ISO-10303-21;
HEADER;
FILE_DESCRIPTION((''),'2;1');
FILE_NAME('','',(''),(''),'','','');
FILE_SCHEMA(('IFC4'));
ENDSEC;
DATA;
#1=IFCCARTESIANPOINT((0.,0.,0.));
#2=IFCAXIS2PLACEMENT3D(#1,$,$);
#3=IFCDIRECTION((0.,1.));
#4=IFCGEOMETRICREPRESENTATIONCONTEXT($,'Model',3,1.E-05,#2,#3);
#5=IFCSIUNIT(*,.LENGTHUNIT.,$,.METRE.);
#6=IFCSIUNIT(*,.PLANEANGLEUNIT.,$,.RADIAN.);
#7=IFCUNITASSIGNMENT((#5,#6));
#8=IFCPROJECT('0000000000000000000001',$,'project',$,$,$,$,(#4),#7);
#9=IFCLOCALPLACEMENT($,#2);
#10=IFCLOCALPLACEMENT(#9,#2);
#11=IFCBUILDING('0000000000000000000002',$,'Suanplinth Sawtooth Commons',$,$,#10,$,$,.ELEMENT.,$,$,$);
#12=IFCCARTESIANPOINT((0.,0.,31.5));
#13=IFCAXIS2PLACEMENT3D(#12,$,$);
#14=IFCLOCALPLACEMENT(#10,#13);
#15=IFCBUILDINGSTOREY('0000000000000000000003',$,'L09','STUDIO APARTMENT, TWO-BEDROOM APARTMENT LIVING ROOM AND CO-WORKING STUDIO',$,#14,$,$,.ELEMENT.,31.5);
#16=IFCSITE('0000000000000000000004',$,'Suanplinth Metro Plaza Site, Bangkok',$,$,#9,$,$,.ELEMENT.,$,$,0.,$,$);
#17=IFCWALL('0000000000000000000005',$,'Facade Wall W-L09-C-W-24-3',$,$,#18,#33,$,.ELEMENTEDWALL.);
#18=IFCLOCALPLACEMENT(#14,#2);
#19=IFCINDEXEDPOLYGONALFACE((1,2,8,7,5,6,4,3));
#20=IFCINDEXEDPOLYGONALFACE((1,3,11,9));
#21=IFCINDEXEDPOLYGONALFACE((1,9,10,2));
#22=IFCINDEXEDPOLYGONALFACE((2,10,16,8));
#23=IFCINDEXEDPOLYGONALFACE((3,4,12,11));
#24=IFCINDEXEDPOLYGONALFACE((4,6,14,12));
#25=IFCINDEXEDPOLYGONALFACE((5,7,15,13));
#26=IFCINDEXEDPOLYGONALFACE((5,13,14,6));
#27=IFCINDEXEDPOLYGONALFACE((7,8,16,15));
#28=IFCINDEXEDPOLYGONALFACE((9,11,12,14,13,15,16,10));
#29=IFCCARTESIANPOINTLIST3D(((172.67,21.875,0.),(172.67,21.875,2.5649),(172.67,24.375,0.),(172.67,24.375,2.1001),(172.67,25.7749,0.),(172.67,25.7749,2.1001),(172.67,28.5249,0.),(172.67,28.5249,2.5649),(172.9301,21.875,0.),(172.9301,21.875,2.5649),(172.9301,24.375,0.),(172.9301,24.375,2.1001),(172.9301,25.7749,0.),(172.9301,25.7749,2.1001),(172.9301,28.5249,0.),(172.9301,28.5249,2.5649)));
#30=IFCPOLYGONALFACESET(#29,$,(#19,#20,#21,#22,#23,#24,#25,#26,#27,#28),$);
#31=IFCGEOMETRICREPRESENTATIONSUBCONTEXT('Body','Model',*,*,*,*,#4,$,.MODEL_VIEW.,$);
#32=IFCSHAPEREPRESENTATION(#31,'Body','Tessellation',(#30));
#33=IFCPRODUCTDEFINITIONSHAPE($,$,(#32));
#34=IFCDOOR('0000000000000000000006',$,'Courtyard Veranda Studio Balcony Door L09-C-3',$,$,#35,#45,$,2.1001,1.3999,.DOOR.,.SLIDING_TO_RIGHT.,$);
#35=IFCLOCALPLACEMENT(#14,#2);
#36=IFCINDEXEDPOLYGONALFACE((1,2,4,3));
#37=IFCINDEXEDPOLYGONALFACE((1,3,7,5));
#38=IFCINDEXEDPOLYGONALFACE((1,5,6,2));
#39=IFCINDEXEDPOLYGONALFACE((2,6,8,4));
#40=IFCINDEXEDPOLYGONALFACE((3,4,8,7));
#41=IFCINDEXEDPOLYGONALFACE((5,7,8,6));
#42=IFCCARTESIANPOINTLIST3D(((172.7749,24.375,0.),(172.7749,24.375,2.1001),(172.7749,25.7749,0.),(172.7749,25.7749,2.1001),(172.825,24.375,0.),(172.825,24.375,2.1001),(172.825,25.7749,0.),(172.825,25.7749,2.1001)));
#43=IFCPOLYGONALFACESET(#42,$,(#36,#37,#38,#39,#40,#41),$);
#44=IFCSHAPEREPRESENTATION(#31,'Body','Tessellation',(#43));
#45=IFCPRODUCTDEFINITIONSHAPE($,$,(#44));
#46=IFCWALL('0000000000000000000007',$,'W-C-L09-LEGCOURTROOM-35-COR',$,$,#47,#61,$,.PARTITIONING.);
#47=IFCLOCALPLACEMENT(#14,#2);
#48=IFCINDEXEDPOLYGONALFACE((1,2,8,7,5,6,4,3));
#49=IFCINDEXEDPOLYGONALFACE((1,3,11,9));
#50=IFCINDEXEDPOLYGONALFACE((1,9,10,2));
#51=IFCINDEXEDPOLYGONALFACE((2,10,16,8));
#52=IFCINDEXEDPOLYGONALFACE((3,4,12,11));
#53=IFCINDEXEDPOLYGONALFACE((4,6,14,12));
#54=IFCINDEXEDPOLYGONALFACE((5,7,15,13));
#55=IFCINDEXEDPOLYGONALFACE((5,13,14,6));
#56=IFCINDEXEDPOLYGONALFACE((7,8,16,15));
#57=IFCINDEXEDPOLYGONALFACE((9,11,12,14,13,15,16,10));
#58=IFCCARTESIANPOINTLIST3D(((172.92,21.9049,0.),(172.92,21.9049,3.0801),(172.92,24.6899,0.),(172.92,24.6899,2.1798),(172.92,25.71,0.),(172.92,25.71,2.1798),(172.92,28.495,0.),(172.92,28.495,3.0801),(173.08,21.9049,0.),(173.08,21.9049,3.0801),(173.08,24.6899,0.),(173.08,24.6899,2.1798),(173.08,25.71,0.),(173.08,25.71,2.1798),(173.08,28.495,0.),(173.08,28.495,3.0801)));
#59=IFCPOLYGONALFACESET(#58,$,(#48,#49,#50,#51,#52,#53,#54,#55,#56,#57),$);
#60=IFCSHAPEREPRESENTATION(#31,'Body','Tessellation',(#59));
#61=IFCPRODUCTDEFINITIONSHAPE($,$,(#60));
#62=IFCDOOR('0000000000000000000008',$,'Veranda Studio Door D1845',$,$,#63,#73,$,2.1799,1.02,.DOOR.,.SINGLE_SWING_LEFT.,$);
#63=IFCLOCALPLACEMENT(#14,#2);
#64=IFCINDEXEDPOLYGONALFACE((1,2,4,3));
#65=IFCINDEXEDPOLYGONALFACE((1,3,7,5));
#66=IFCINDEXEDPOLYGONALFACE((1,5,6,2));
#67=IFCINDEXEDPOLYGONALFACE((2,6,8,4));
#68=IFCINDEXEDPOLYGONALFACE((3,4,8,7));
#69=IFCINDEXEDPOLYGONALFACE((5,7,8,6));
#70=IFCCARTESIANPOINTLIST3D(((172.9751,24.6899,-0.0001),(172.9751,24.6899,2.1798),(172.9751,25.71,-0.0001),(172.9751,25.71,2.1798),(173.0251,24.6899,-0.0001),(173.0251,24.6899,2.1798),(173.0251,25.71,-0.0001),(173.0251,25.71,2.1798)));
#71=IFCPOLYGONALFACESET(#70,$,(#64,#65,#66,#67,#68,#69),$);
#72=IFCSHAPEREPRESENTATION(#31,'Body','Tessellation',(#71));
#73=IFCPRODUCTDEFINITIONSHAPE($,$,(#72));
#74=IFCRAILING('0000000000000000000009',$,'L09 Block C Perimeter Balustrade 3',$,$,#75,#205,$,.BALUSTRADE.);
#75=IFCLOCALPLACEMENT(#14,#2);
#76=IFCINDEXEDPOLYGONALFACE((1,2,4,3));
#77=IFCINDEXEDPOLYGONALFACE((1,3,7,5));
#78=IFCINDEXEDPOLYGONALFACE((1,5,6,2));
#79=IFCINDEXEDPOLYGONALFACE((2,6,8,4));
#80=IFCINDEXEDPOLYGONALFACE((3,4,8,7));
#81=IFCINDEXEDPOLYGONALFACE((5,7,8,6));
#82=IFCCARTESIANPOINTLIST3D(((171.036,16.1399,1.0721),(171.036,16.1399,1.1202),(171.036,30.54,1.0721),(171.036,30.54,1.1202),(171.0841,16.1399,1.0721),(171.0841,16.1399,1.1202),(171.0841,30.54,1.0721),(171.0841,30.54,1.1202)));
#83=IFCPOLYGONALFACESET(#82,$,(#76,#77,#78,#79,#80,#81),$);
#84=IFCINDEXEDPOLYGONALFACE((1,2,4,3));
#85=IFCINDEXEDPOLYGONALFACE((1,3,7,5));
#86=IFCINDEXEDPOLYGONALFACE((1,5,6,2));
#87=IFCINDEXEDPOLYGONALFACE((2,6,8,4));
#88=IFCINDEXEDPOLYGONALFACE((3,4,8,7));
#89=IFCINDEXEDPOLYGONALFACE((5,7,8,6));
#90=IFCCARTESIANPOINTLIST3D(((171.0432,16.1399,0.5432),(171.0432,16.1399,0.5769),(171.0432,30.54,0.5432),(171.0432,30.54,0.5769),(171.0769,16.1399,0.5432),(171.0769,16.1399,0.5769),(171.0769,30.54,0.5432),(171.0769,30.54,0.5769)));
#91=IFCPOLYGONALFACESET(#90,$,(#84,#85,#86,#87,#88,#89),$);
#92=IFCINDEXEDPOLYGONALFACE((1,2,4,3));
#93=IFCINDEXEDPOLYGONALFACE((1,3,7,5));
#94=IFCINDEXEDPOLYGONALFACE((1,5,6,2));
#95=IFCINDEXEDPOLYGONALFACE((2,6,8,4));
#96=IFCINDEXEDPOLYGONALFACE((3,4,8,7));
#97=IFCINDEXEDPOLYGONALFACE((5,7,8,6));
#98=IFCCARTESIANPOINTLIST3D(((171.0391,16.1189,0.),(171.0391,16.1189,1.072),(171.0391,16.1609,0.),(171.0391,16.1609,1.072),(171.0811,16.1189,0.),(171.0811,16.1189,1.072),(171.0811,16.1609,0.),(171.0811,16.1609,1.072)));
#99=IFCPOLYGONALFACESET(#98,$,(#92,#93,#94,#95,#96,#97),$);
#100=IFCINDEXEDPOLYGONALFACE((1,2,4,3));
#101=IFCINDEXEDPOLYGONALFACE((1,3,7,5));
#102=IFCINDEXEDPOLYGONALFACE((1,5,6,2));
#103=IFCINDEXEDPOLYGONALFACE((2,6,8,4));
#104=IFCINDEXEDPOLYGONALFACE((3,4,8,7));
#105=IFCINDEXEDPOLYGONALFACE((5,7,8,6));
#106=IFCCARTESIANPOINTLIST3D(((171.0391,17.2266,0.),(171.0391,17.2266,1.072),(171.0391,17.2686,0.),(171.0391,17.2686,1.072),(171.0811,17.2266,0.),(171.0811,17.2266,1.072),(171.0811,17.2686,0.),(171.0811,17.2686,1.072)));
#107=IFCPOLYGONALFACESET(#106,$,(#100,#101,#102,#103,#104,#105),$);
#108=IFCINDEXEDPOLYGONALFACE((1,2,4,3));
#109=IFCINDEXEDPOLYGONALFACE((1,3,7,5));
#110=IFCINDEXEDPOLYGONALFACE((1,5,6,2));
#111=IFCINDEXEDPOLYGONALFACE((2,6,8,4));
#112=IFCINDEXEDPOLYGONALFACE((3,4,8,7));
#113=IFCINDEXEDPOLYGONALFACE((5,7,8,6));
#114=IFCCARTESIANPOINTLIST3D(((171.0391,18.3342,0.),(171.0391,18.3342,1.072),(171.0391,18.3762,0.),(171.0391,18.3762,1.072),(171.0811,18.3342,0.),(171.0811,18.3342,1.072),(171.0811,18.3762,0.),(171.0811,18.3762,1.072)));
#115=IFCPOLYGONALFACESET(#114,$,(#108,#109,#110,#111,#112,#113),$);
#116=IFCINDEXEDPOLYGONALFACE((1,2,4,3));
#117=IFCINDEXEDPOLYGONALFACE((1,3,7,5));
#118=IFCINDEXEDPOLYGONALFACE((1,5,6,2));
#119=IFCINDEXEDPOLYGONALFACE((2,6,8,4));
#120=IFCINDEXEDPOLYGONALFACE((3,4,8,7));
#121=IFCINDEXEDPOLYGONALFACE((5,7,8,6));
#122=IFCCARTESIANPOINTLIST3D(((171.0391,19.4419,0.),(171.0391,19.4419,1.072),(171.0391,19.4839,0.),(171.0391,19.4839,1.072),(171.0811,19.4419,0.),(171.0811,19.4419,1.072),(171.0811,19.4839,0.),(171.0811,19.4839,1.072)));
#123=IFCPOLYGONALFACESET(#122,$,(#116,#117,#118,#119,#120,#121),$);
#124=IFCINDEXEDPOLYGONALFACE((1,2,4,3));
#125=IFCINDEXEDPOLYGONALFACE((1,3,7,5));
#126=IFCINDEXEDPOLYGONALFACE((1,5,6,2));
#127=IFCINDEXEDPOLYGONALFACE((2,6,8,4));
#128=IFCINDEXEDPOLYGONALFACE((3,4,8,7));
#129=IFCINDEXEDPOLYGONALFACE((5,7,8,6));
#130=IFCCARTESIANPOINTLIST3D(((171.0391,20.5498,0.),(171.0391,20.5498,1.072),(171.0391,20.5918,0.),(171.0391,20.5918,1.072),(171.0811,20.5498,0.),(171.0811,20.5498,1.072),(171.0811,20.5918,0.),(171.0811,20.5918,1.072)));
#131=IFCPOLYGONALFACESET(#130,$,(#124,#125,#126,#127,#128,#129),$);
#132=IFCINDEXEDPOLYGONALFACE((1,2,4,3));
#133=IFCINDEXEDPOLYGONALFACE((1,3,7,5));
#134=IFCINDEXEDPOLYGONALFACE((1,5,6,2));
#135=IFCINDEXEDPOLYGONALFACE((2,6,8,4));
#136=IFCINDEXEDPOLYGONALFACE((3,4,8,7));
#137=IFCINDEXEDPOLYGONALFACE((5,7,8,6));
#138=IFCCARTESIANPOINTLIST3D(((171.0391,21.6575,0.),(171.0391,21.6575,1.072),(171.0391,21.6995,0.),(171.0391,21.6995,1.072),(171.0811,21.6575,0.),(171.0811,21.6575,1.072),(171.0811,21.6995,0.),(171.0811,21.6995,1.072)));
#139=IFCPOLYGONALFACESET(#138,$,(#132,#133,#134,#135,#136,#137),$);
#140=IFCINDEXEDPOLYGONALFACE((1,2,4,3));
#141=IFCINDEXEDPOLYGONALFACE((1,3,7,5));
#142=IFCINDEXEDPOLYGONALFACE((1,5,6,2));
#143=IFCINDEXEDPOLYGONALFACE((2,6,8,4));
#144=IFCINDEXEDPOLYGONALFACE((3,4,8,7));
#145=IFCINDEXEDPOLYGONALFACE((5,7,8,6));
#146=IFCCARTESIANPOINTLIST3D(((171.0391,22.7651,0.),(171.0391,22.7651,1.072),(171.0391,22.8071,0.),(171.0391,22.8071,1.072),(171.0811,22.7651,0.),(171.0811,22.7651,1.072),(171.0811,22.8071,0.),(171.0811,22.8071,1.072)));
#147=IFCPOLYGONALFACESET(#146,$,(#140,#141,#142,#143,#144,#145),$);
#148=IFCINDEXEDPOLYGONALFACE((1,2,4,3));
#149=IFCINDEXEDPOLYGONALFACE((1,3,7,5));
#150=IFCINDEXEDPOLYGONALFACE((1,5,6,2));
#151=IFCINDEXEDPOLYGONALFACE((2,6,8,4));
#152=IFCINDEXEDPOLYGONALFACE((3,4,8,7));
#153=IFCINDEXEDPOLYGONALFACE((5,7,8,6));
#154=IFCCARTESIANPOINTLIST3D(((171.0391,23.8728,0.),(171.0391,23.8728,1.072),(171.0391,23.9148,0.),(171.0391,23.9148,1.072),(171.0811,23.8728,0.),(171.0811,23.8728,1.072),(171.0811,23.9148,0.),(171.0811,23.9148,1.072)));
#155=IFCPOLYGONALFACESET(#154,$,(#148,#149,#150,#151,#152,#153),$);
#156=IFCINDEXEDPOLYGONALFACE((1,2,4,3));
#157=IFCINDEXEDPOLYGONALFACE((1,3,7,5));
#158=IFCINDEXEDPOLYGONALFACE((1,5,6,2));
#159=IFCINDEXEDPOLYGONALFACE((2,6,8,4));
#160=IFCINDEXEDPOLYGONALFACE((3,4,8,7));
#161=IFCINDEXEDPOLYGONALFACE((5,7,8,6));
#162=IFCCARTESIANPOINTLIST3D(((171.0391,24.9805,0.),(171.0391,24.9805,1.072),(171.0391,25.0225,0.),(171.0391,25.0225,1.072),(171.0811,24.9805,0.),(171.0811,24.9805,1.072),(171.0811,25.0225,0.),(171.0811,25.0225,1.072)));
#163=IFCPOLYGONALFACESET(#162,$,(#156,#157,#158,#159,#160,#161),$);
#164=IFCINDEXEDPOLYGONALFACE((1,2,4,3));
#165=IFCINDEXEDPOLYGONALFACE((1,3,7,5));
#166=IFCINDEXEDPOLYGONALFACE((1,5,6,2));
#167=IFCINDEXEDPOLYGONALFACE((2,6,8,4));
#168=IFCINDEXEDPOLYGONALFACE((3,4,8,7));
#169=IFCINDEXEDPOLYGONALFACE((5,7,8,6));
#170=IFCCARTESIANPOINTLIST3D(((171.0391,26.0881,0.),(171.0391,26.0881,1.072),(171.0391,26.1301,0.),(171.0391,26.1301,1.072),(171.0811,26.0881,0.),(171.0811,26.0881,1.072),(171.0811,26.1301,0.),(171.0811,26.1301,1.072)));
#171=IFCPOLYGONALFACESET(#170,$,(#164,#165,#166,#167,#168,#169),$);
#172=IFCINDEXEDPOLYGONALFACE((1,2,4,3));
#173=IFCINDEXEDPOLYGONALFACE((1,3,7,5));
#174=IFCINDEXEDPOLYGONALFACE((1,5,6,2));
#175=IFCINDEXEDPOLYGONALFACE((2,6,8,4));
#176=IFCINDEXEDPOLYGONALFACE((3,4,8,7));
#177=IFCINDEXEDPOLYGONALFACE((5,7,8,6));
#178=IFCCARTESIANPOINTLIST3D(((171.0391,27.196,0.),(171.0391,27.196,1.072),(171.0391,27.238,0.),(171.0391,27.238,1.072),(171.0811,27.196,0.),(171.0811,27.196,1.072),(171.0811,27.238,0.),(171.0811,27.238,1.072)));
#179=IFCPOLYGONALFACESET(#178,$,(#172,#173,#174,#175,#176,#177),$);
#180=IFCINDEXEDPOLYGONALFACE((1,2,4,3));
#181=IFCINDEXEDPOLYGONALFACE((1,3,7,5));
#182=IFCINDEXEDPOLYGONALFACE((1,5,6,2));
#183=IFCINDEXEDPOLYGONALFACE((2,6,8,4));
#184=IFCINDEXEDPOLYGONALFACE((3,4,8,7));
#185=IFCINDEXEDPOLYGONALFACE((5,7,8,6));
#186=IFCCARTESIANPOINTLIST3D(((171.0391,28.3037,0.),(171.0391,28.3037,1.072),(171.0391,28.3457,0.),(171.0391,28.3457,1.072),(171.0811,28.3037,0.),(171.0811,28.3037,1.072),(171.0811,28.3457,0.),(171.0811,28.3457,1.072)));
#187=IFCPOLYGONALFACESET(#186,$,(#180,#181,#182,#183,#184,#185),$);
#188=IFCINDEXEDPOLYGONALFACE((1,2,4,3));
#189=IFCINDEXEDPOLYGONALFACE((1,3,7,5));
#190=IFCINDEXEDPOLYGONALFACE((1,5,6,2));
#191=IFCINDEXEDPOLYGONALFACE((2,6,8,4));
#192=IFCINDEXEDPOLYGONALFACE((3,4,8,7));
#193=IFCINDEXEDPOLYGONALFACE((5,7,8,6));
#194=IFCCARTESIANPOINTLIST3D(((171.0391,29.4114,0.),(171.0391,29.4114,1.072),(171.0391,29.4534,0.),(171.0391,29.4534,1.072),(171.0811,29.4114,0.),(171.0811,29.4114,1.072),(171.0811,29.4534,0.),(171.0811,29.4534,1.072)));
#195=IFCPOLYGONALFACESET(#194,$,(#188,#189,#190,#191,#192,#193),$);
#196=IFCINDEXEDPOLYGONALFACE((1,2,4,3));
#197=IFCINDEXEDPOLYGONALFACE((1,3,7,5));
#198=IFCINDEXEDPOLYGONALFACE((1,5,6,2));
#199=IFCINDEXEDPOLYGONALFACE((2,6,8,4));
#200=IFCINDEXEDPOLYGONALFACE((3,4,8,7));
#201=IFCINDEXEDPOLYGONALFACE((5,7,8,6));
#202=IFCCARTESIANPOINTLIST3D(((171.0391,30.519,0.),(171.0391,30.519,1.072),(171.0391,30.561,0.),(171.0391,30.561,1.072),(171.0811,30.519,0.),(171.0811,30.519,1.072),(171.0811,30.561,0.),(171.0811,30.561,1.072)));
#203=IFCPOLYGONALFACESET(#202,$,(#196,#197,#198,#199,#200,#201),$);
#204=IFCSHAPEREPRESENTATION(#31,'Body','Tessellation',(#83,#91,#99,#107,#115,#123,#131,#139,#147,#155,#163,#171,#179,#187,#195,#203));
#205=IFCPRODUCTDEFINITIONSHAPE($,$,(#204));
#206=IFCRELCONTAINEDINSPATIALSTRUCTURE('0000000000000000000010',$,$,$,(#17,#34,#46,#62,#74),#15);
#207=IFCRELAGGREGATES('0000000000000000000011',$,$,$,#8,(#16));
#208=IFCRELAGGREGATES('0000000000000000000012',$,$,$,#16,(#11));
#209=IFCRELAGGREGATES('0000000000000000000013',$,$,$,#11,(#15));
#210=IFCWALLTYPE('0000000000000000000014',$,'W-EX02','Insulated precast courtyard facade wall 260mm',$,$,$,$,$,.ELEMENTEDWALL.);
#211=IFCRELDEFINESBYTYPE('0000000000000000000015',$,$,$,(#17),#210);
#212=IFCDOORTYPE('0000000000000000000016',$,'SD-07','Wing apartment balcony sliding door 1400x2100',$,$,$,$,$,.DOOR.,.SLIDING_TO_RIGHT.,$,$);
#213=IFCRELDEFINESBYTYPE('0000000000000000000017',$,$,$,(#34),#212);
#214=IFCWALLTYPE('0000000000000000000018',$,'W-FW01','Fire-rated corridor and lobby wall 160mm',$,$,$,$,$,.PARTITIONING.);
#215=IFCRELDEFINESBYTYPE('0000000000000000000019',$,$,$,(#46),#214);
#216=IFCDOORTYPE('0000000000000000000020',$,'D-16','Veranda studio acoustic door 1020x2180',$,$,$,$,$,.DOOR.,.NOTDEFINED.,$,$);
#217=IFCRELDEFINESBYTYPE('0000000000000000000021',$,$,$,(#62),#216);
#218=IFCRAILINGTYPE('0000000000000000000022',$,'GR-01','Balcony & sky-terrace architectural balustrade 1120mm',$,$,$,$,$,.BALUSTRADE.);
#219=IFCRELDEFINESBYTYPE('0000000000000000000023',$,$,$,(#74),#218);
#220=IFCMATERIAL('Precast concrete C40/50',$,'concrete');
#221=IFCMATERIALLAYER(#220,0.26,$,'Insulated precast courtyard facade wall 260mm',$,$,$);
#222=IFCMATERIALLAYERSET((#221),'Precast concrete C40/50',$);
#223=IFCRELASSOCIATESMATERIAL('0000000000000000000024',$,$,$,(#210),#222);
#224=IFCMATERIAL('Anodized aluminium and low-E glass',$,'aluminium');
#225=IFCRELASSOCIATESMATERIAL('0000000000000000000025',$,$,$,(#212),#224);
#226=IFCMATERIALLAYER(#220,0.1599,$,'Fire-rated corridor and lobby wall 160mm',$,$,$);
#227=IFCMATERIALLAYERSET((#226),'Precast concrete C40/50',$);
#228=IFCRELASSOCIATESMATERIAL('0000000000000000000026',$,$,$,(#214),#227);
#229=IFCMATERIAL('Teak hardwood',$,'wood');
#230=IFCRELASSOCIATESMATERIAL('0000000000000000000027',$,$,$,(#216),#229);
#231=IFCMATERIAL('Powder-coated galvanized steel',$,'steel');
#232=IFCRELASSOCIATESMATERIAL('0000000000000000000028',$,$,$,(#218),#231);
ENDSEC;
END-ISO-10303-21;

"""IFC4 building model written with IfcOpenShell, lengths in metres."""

from ifc_helpers import new_model, si_unit, direction, frame, frame_2d, origin, origin_2d, place, context, subcontext, project, spatial, rectangle, extrude, material, layer, layer_set, type_object, element, fill, save


model = new_model("IFC4")

# Units and contexts
model_context = context("Model", 3, precision=1e-05, world=origin(), true_north=direction((0.0, 1.0)))
body_context = subcontext(model_context, "Body", "Model", "MODEL_VIEW")
ifc_project = project(units=[si_unit("LENGTHUNIT", "METRE"), si_unit("PLANEANGLEUNIT", "RADIAN")], contexts=[model_context])

# Site, building, storey
site_placement = place(None, origin())
site = spatial("IfcSite", under=ifc_project, at=site_placement, Name="Suanplinth Metro Plaza Site, Bangkok", CompositionType="ELEMENT", RefElevation=0.0)
building_placement = place(site_placement, origin())
building = spatial("IfcBuilding", under=site, at=building_placement, Name="Suanplinth Sawtooth Commons", CompositionType="ELEMENT")
storey_placement = place(building_placement, frame((0.0, 0.0, 31.5)))
storey = spatial("IfcBuildingStorey", under=building, at=storey_placement, Name="L09", Description="STUDIO APARTMENT, TWO-BEDROOM APARTMENT LIVING ROOM AND CO-WORKING STUDIO", CompositionType="ELEMENT", Elevation=31.5)

# Shared definitions
ifc_material_1 = material(Name="Precast concrete C40/50", Category="concrete")

# Walls, openings, doors
ifc_layer_1 = layer(ifc_material_1, 0.26, Name="Insulated precast courtyard facade wall 260mm")
ifc_layer_set_1 = layer_set([ifc_layer_1], Name="Precast concrete C40/50")
wall_type_1 = type_object("IfcWallType", Name="W-EX02", Description="Insulated precast courtyard facade wall 260mm", PredefinedType="ELEMENTEDWALL", material=ifc_layer_set_1)
wall_1_placement = place(storey_placement, frame((172.8, 21.875, 0.0), z_axis=(0.0, 0.0, 1.0), x_axis=(0.0, 1.0, 0.0)))
wall_1 = element("IfcWall", 1, at=wall_1_placement, inside=storey, type_object=wall_type_1, Name="Facade Wall W-L09-C-W-24-3", PredefinedType="ELEMENTEDWALL", context=body_context, shape_type="SweptSolid", body=[
    extrude(rectangle(XDim=6.6499, YDim=0.26, at=frame_2d((3.325, 0.0))), origin(), (0.0, 0.0, 1.0), 2.5649),
])
opening_1_placement = place(wall_1_placement, frame((2.5, 0.0, 0.0)))
opening_1 = element("IfcOpeningElement", 2, at=opening_1_placement, cuts=wall_1, PredefinedType="OPENING", context=body_context, shape_type="SweptSolid", body=[
    extrude(rectangle(XDim=1.3999, YDim=2.1001, at=frame_2d((0.7, 1.05))), frame((0.0, 0.145, 0.0), z_axis=(0.0, -1.0, 0.0), x_axis=(1.0, 0.0, 0.0)), (0.0, 0.0, 1.0), 0.2898),
])
ifc_material_2 = material(Name="Anodized aluminium and low-E glass", Category="aluminium")
door_type_1 = type_object("IfcDoorType", Name="SD-07", Description="Wing apartment balcony sliding door 1400x2100", OperationType="SLIDING_TO_RIGHT", PredefinedType="DOOR", material=ifc_material_2)
door_1_placement = place(opening_1_placement, frame((1.3999, 0.0, 0.0), z_axis=(0.0, 0.0, 1.0), x_axis=(-1.0, 0.0, 0.0)))
door_1 = element("IfcDoor", 3, at=door_1_placement, inside=storey, type_object=door_type_1, Name="Courtyard Veranda Studio Balcony Door L09-C-3", OperationType="SLIDING_TO_RIGHT", OverallHeight=2.1001, OverallWidth=1.3999, PredefinedType="DOOR", context=body_context, shape_type="SweptSolid", body=[
    extrude(rectangle(XDim=1.3999, YDim=2.1001, at=frame_2d((0.7, 1.05))), frame((0.0, 0.0249, 0.0), z_axis=(0.0, -1.0, 0.0), x_axis=(1.0, 0.0, 0.0)), (0.0, 0.0, 1.0), 0.05),
])
fill(opening_1, door_1)
ifc_layer_2 = layer(ifc_material_1, 0.1599, Name="Fire-rated corridor and lobby wall 160mm")
ifc_layer_set_2 = layer_set([ifc_layer_2], Name="Precast concrete C40/50")
wall_type_2 = type_object("IfcWallType", Name="W-FW01", Description="Fire-rated corridor and lobby wall 160mm", PredefinedType="PARTITIONING", material=ifc_layer_set_2)
wall_2_placement = place(storey_placement, frame((173.0, 21.905, 0.0), z_axis=(0.0, 0.0, 1.0), x_axis=(0.0, 1.0, 0.0)))
wall_2 = element("IfcWall", 4, at=wall_2_placement, inside=storey, type_object=wall_type_2, Name="W-C-L09-LEGCOURTROOM-35-COR", PredefinedType="PARTITIONING", context=body_context, shape_type="SweptSolid", body=[
    extrude(rectangle(XDim=6.5901, YDim=0.1599, at=frame_2d((3.2949, 0.0))), origin(), (0.0, 0.0, 1.0), 3.0801),
])
opening_2_placement = place(wall_2_placement, frame((2.7849, 0.0, 0.0)))
opening_2 = element("IfcOpeningElement", 5, at=opening_2_placement, cuts=wall_2, PredefinedType="OPENING", context=body_context, shape_type="SweptSolid", body=[
    extrude(rectangle(XDim=1.02, YDim=2.1799, at=frame_2d((0.51, 1.0898))), frame((0.0, 0.0947, 0.0), z_axis=(0.0, -1.0, 0.0), x_axis=(1.0, 0.0, 0.0)), (0.0, 0.0, 1.0), 0.1897),
])
ifc_material_3 = material(Name="Teak hardwood", Category="wood")
door_type_2 = type_object("IfcDoorType", Name="D-16", Description="Veranda studio acoustic door 1020x2180", OperationType="NOTDEFINED", PredefinedType="DOOR", material=ifc_material_3)
door_2_placement = place(opening_2_placement, origin())
door_2 = element("IfcDoor", 6, at=door_2_placement, inside=storey, type_object=door_type_2, Name="Veranda Studio Door D1845", OperationType="SINGLE_SWING_LEFT", OverallHeight=2.1799, OverallWidth=1.02, PredefinedType="DOOR", context=body_context, shape_type="SweptSolid", body=[
    extrude(rectangle(XDim=1.02, YDim=2.1799, at=frame_2d((0.51, 1.0898))), frame((0.0, 0.0249, 0.0), z_axis=(0.0, -1.0, 0.0), x_axis=(1.0, 0.0, 0.0)), (0.0, 0.0, 1.0), 0.05),
])
fill(opening_2, door_2)

# Railing
ifc_material_4 = material(Name="Powder-coated galvanized steel", Category="steel")
railing_type = type_object("IfcRailingType", Name="GR-01", Description="Balcony & sky-terrace architectural balustrade 1120mm", PredefinedType="BALUSTRADE", material=ifc_material_4)
railing_placement = place(storey_placement, frame((171.0601, 16.1399, 0.0)))
element("IfcRailing", 7, at=railing_placement, inside=storey, type_object=railing_type, Name="L09 Block C Perimeter Balustrade 3", PredefinedType="BALUSTRADE", context=body_context, shape_type="SweptSolid", body=[
    extrude(rectangle(XDim=0.0481, YDim=0.0481, at=origin_2d()), frame((0.0, 0.0, 1.0962), z_axis=(0.0, 1.0, 0.0), x_axis=(-1.0, 0.0, 0.0)), (0.0, 0.0, 1.0), 14.4001),
    extrude(rectangle(XDim=0.0337, YDim=0.0337, at=origin_2d()), frame((0.0, 0.0, 0.5601), z_axis=(0.0, 1.0, 0.0), x_axis=(-1.0, 0.0, 0.0)), (0.0, 0.0, 1.0), 14.4001),
    extrude(rectangle(XDim=0.042, YDim=0.042, at=origin_2d()), origin(), (0.0, 0.0, 1.0), 1.072),
    extrude(rectangle(XDim=0.042, YDim=0.042, at=origin_2d()), frame((0.0, 1.1077, 0.0)), (0.0, 0.0, 1.0), 1.072),
    extrude(rectangle(XDim=0.042, YDim=0.042, at=origin_2d()), frame((0.0, 2.2153, 0.0)), (0.0, 0.0, 1.0), 1.072),
    extrude(rectangle(XDim=0.042, YDim=0.042, at=origin_2d()), frame((0.0, 3.323, 0.0)), (0.0, 0.0, 1.0), 1.072),
    extrude(rectangle(XDim=0.042, YDim=0.042, at=origin_2d()), frame((0.0, 4.4309, 0.0)), (0.0, 0.0, 1.0), 1.072),
    extrude(rectangle(XDim=0.042, YDim=0.042, at=origin_2d()), frame((0.0, 5.5386, 0.0)), (0.0, 0.0, 1.0), 1.072),
    extrude(rectangle(XDim=0.042, YDim=0.042, at=origin_2d()), frame((0.0, 6.6462, 0.0)), (0.0, 0.0, 1.0), 1.072),
    extrude(rectangle(XDim=0.042, YDim=0.042, at=origin_2d()), frame((0.0, 7.7539, 0.0)), (0.0, 0.0, 1.0), 1.072),
    extrude(rectangle(XDim=0.042, YDim=0.042, at=origin_2d()), frame((0.0, 8.8616, 0.0)), (0.0, 0.0, 1.0), 1.072),
    extrude(rectangle(XDim=0.042, YDim=0.042, at=origin_2d()), frame((0.0, 9.9692, 0.0)), (0.0, 0.0, 1.0), 1.072),
    extrude(rectangle(XDim=0.042, YDim=0.042, at=origin_2d()), frame((0.0, 11.0771, 0.0)), (0.0, 0.0, 1.0), 1.072),
    extrude(rectangle(XDim=0.042, YDim=0.042, at=origin_2d()), frame((0.0, 12.1848, 0.0)), (0.0, 0.0, 1.0), 1.072),
    extrude(rectangle(XDim=0.042, YDim=0.042, at=origin_2d()), frame((0.0, 13.2925, 0.0)), (0.0, 0.0, 1.0), 1.072),
    extrude(rectangle(XDim=0.042, YDim=0.042, at=origin_2d()), frame((0.0, 14.4001, 0.0)), (0.0, 0.0, 1.0), 1.072),
])

save(model, "model.ifc")
